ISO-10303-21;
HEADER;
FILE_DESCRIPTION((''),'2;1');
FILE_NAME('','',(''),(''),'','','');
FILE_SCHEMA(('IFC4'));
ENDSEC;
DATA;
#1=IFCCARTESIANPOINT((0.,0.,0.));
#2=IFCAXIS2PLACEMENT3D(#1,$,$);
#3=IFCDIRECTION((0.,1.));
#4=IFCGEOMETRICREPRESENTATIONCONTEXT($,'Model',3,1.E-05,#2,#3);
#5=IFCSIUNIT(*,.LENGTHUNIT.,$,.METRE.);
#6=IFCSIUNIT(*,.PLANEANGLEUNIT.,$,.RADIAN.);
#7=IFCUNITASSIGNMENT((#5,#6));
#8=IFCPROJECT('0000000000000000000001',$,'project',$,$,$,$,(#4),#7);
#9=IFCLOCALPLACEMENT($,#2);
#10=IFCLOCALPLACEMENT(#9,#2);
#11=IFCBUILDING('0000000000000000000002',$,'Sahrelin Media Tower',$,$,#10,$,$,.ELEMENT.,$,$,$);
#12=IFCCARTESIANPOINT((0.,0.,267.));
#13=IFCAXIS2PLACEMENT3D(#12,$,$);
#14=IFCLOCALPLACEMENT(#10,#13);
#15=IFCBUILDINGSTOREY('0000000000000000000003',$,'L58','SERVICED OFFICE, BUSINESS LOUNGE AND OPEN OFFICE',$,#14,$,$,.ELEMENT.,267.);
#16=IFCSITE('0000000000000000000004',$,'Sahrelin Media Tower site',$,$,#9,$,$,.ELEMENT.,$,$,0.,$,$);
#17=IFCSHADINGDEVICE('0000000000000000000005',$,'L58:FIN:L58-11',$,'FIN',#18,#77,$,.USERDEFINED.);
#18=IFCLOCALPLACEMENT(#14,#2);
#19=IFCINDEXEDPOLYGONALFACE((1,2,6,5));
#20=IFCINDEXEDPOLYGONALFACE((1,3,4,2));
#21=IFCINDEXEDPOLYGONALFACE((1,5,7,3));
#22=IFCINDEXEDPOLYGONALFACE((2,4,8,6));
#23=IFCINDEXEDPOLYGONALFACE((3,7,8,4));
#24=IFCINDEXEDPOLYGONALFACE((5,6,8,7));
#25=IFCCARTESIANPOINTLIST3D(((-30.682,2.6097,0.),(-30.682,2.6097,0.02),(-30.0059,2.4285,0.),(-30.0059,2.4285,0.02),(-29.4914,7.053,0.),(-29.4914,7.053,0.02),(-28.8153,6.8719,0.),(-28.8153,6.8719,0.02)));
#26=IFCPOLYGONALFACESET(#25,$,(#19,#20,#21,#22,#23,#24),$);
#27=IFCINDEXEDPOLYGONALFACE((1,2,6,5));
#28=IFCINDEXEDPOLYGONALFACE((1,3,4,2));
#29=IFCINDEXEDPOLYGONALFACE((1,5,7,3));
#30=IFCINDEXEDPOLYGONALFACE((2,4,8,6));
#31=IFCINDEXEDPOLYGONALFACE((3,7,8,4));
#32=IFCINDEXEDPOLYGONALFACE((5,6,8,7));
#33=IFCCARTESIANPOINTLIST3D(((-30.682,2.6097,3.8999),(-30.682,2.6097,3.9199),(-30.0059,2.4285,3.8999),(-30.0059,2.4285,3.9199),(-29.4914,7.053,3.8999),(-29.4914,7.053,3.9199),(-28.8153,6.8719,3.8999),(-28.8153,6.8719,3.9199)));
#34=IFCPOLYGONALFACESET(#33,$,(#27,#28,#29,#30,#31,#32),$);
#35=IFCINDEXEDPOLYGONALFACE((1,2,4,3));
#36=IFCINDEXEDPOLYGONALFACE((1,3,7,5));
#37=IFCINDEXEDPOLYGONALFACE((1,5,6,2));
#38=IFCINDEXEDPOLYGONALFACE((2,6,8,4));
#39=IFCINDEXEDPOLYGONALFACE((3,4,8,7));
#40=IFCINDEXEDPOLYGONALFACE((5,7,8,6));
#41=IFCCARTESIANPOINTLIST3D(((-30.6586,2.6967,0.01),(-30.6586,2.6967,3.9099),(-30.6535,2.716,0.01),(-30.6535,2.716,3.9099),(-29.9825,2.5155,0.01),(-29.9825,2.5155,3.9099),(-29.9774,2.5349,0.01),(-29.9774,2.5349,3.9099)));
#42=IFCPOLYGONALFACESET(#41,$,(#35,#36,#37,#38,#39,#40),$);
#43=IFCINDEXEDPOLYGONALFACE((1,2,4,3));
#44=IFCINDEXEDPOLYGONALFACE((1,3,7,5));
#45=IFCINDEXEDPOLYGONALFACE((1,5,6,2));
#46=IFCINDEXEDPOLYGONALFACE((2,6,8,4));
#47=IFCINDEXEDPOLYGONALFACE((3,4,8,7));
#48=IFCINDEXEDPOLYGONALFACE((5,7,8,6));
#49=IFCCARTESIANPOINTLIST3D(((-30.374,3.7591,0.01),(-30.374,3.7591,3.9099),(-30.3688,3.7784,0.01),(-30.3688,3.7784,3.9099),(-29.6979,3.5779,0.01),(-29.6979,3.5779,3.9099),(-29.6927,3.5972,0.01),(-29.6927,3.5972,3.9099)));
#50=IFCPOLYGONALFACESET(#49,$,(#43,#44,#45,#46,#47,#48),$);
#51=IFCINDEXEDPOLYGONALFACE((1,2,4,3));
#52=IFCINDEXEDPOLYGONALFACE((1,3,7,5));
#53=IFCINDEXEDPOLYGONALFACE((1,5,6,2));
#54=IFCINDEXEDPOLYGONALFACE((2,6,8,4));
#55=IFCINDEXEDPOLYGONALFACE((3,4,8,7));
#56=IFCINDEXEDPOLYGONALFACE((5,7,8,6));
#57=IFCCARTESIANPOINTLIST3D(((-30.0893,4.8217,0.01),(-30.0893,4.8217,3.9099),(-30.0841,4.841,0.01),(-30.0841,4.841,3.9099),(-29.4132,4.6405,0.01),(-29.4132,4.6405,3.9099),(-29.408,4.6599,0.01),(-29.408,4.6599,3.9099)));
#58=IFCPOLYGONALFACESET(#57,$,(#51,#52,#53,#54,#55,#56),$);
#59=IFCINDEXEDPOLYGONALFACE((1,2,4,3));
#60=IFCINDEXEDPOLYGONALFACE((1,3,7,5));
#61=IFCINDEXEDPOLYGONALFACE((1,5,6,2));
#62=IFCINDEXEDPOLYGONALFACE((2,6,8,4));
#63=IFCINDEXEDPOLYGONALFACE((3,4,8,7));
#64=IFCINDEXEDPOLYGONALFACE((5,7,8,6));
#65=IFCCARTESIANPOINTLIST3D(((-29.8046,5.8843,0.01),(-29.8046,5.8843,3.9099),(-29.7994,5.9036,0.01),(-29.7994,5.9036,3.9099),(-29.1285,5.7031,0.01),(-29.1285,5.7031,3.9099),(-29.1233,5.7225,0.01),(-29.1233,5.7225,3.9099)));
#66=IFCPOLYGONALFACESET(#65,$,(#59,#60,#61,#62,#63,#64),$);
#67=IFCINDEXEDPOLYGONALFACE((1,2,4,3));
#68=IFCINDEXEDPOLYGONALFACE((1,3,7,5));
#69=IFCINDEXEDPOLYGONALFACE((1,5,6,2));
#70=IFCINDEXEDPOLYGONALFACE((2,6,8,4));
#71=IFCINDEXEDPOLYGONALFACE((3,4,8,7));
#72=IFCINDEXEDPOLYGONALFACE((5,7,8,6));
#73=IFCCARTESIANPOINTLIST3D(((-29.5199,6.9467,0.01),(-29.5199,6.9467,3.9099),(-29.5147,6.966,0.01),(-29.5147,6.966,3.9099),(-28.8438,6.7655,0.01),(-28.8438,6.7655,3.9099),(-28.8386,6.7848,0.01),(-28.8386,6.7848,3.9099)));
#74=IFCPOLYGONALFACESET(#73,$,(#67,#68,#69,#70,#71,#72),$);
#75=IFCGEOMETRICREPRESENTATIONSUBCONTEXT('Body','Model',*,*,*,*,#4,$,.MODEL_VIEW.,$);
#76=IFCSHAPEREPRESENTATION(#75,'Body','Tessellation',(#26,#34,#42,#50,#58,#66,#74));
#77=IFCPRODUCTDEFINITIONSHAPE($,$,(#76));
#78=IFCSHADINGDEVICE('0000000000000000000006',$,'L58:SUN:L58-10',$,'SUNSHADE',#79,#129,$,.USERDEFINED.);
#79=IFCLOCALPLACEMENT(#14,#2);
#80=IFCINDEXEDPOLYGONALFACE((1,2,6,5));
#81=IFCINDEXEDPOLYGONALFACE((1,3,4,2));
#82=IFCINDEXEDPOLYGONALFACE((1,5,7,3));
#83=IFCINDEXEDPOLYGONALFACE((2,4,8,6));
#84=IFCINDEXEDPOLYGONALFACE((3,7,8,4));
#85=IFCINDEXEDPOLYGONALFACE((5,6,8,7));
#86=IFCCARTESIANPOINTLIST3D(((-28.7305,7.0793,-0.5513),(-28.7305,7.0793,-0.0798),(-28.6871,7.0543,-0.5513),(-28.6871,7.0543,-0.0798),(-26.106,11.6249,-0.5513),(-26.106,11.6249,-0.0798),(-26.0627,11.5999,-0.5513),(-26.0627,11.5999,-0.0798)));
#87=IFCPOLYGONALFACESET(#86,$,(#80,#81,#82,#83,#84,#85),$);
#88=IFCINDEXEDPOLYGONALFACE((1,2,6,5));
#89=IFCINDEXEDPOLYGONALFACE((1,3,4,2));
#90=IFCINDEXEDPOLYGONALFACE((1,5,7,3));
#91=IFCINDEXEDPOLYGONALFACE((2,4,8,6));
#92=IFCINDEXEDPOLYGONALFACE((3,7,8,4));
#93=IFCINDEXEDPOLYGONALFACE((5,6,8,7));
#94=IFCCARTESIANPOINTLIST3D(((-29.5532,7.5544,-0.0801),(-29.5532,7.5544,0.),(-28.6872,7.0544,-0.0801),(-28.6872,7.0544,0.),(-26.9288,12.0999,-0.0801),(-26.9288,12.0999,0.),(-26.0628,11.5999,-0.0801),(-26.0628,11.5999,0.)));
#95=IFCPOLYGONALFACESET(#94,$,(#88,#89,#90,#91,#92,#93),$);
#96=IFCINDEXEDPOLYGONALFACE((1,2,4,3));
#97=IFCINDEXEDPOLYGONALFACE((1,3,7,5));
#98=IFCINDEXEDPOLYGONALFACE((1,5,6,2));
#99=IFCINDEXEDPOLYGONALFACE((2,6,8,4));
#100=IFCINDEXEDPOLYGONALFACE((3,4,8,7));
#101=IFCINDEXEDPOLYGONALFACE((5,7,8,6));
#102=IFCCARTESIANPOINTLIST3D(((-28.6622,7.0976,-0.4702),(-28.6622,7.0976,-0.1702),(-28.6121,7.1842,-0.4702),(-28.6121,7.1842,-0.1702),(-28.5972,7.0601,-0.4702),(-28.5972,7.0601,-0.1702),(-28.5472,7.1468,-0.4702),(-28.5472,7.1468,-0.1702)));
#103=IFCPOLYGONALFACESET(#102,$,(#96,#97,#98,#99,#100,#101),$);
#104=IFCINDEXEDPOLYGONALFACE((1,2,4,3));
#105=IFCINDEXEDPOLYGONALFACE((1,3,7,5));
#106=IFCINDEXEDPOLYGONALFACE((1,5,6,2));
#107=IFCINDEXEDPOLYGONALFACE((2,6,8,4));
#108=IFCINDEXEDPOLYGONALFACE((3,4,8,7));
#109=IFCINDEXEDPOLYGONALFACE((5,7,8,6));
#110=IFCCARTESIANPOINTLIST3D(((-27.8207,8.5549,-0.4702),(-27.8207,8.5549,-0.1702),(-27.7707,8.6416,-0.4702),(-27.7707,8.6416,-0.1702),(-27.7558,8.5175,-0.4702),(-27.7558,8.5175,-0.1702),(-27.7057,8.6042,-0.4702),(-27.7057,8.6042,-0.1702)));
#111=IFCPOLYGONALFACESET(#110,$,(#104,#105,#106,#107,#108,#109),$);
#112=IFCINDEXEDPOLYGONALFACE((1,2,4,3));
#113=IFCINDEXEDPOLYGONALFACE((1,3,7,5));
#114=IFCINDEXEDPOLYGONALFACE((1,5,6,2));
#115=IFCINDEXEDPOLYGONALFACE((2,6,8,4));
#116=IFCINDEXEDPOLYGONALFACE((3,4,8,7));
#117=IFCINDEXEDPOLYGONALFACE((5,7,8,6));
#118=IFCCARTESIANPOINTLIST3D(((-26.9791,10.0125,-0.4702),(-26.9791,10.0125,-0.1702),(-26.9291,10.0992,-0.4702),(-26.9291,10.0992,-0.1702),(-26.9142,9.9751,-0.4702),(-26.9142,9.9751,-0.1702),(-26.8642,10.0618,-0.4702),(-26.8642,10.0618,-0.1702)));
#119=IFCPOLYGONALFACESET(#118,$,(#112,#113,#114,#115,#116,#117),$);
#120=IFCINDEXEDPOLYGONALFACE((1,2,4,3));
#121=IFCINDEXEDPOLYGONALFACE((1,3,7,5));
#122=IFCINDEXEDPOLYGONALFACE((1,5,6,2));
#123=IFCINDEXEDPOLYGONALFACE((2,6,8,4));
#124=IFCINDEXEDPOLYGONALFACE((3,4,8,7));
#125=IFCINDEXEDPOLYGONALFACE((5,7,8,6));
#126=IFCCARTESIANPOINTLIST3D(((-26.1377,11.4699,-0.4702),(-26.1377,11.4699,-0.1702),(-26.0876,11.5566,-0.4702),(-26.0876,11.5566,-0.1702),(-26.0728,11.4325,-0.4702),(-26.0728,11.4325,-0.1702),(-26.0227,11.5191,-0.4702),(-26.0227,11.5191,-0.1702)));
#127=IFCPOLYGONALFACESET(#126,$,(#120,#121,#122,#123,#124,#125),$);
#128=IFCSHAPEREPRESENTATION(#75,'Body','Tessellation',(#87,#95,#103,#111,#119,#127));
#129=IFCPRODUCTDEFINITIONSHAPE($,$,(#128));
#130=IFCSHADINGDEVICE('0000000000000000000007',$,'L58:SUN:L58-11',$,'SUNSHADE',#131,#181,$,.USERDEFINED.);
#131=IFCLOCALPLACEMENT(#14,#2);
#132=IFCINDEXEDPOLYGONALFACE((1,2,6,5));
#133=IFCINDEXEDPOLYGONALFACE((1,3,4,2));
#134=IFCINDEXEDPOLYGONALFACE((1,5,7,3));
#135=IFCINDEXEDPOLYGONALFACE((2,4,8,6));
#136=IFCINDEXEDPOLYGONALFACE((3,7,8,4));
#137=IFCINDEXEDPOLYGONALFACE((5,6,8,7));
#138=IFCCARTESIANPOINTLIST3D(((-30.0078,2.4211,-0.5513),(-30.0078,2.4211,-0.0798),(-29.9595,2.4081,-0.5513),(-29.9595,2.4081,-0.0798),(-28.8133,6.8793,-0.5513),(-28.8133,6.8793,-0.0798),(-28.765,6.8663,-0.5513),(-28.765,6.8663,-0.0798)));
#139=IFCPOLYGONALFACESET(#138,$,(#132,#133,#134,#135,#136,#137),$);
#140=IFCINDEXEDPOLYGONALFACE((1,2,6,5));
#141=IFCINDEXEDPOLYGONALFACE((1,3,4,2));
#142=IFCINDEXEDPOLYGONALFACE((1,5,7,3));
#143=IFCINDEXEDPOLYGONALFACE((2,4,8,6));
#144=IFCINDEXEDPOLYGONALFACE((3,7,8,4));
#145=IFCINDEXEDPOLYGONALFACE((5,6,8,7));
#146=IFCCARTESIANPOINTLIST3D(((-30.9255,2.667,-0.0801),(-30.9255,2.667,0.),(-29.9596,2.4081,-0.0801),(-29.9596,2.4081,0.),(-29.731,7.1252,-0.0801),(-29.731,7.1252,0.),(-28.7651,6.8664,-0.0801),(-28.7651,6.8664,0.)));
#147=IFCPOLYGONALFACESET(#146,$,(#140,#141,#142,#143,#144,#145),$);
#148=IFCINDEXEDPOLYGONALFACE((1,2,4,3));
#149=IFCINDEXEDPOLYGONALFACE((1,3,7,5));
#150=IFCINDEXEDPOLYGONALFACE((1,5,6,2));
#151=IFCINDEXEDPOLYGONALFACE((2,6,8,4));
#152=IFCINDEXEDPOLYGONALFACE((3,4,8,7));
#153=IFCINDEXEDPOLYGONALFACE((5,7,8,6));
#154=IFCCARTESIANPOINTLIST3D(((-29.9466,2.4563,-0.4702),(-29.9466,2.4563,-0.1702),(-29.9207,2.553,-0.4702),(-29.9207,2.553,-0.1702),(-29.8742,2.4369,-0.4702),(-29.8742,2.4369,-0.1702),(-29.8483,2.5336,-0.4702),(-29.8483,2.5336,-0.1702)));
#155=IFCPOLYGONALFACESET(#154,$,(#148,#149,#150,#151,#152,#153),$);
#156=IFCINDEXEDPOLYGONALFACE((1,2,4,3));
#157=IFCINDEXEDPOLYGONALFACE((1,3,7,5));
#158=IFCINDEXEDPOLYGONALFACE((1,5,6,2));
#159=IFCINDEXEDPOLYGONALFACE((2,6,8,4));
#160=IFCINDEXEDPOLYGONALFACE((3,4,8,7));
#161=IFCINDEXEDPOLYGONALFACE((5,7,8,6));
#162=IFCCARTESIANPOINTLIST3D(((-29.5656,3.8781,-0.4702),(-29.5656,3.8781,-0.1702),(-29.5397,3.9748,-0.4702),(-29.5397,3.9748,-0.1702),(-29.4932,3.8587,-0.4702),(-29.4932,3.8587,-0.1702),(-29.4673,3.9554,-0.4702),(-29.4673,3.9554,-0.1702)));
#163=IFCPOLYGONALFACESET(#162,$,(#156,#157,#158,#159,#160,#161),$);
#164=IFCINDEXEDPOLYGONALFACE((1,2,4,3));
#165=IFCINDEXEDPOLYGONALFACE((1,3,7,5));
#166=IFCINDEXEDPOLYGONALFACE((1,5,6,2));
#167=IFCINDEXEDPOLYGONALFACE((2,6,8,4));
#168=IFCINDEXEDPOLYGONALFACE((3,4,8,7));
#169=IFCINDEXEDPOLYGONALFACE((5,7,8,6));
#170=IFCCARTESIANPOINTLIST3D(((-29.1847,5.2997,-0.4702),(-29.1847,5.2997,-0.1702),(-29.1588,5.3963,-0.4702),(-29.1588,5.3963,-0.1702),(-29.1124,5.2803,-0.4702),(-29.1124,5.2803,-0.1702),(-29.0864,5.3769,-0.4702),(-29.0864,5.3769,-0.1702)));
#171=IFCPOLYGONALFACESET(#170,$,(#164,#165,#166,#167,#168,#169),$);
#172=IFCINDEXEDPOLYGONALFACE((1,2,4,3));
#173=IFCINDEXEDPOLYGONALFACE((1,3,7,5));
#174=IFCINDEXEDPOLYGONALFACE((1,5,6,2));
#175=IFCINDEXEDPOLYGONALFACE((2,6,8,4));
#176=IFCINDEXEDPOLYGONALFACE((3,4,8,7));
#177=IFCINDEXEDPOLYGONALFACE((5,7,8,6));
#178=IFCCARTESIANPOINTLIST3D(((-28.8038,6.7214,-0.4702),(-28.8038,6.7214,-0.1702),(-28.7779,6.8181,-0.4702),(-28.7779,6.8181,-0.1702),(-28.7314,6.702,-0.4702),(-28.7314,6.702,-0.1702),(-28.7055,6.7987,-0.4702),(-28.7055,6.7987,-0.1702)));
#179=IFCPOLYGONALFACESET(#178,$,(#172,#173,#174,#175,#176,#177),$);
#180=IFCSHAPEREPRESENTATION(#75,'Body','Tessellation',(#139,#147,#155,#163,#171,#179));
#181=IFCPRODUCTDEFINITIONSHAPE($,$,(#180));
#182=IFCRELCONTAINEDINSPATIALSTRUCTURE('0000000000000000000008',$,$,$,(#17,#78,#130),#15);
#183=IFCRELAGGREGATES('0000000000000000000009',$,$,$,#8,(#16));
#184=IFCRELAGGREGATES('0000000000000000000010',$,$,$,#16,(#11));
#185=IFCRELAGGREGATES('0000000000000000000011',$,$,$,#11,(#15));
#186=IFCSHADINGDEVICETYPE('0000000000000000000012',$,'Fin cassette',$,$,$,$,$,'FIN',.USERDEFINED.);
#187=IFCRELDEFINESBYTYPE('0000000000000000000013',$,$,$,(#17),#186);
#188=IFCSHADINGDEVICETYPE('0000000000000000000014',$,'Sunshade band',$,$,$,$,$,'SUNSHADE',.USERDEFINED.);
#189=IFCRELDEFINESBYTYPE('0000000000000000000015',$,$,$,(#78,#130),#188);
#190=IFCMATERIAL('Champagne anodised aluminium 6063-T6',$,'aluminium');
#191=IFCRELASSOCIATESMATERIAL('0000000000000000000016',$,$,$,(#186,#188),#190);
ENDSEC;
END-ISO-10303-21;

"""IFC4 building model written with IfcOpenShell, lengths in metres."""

from ifc_helpers import new_model, si_unit, direction, frame, origin, origin_2d, place, context, subcontext, project, spatial, rectangle, extrude, material, type_object, element, save


model = new_model("IFC4")

# Units and contexts
model_context = context("Model", 3, precision=1e-05, world=origin(), true_north=direction((0.0, 1.0)))
body_context = subcontext(model_context, "Body", "Model", "MODEL_VIEW")
ifc_project = project(units=[si_unit("LENGTHUNIT", "METRE"), si_unit("PLANEANGLEUNIT", "RADIAN")], contexts=[model_context])

# Site, building, storey
site_placement = place(None, origin())
site = spatial("IfcSite", under=ifc_project, at=site_placement, Name="Sahrelin Media Tower site", CompositionType="ELEMENT", RefElevation=0.0)
building_placement = place(site_placement, origin())
building = spatial("IfcBuilding", under=site, at=building_placement, Name="Sahrelin Media Tower", CompositionType="ELEMENT")
storey_placement = place(building_placement, frame((0.0, 0.0, 267.0)))
storey = spatial("IfcBuildingStorey", under=building, at=storey_placement, Name="L58", Description="SERVICED OFFICE, BUSINESS LOUNGE AND OPEN OFFICE", CompositionType="ELEMENT", Elevation=267.0)

# Shared definitions
ifc_material_1 = material(Name="Champagne anodised aluminium 6063-T6", Category="aluminium")

# Shading devices
shading_device_type_1 = type_object("IfcShadingDeviceType", Name="Fin cassette", ElementType="FIN", PredefinedType="USERDEFINED", material=ifc_material_1)
placement_1 = place(storey_placement, frame((-27.3577, 9.3171, 0.0), z_axis=(0.0, 0.0, 1.0), x_axis=(0.500011, 0.866019, 0.0)))
placement_2 = place(storey_placement, frame((-29.343, 4.6321, 0.0), z_axis=(0.0, 0.0, 1.0), x_axis=(0.258808, 0.965929, 0.0)))
element("IfcShadingDevice", 1, at=placement_2, inside=storey, type_object=shading_device_type_1, Name="L58:FIN:L58-11", ObjectType="FIN", PredefinedType="USERDEFINED", context=body_context, shape_type="SweptSolid", body=[
    extrude(rectangle(XDim=4.6001, YDim=0.7, at=origin_2d()), frame((0.0, 0.4199, 0.0)), (0.0, 0.0, 1.0), 0.02),
    extrude(rectangle(XDim=4.6001, YDim=0.7, at=origin_2d()), frame((0.0, 0.4199, 3.8999)), (0.0, 0.0, 1.0), 0.02),
    extrude(rectangle(XDim=0.02, YDim=0.7, at=origin_2d()), frame((-2.2, 0.4199, 0.01), z_axis=(0.0, 0.0, 1.0), x_axis=(1.0, 0.0, 0.0)), (0.0, 0.0, 1.0), 3.8999),
    extrude(rectangle(XDim=0.02, YDim=0.7, at=origin_2d()), frame((-1.1001, 0.4199, 0.01), z_axis=(0.0, 0.0, 1.0), x_axis=(1.0, 0.0, 0.0)), (0.0, 0.0, 1.0), 3.8999),
    extrude(rectangle(XDim=0.02, YDim=0.7, at=origin_2d()), frame((0.0, 0.4199, 0.01), z_axis=(0.0, 0.0, 1.0), x_axis=(1.0, 0.0, 0.0)), (0.0, 0.0, 1.0), 3.8999),
    extrude(rectangle(XDim=0.02, YDim=0.7, at=origin_2d()), frame((1.1001, 0.4199, 0.01), z_axis=(0.0, 0.0, 1.0), x_axis=(1.0, 0.0, 0.0)), (0.0, 0.0, 1.0), 3.8999),
    extrude(rectangle(XDim=0.02, YDim=0.7, at=origin_2d()), frame((2.2, 0.4199, 0.01), z_axis=(0.0, 0.0, 1.0), x_axis=(1.0, 0.0, 0.0)), (0.0, 0.0, 1.0), 3.8999),
])
shading_device_type_2 = type_object("IfcShadingDeviceType", Name="Sunshade band", ElementType="SUNSHADE", PredefinedType="USERDEFINED", material=ifc_material_1)
element("IfcShadingDevice", 2, at=placement_1, inside=storey, type_object=shading_device_type_2, Name="L58:SUN:L58-10", ObjectType="SUNSHADE", PredefinedType="USERDEFINED", context=body_context, shape_type="SweptSolid", body=[
    extrude(rectangle(XDim=5.2488, YDim=0.05, at=origin_2d()), frame((0.0, 0.0449, -0.5513)), (0.0, 0.0, 1.0), 0.4714),
    extrude(rectangle(XDim=5.2488, YDim=1.0, at=origin_2d()), frame((0.0, 0.52, -0.0801)), (0.0, 0.0, 1.0), 0.0801),
    extrude(rectangle(XDim=0.1001, YDim=0.075, at=origin_2d()), frame((-2.5244, -0.0176, -0.4702)), (0.0, 0.0, 1.0), 0.3),
    extrude(rectangle(XDim=0.1001, YDim=0.075, at=origin_2d()), frame((-0.8416, -0.0176, -0.4702)), (0.0, 0.0, 1.0), 0.3),
    extrude(rectangle(XDim=0.1001, YDim=0.075, at=origin_2d()), frame((0.8416, -0.0176, -0.4702)), (0.0, 0.0, 1.0), 0.3),
    extrude(rectangle(XDim=0.1001, YDim=0.075, at=origin_2d()), frame((2.5244, -0.0176, -0.4702)), (0.0, 0.0, 1.0), 0.3),
])
element("IfcShadingDevice", 3, at=placement_2, inside=storey, type_object=shading_device_type_2, Name="L58:SUN:L58-11", ObjectType="SUNSHADE", PredefinedType="USERDEFINED", context=body_context, shape_type="SweptSolid", body=[
    extrude(rectangle(XDim=4.6155, YDim=0.05, at=origin_2d()), frame((0.0, 0.0449, -0.5513)), (0.0, 0.0, 1.0), 0.4714),
    extrude(rectangle(XDim=4.6155, YDim=1.0, at=origin_2d()), frame((0.0, 0.52, -0.0801)), (0.0, 0.0, 1.0), 0.0801),
    extrude(rectangle(XDim=0.1001, YDim=0.075, at=origin_2d()), frame((-2.2078, -0.0176, -0.4702)), (0.0, 0.0, 1.0), 0.3),
    extrude(rectangle(XDim=0.1001, YDim=0.075, at=origin_2d()), frame((-0.7358, -0.0176, -0.4702)), (0.0, 0.0, 1.0), 0.3),
    extrude(rectangle(XDim=0.1001, YDim=0.075, at=origin_2d()), frame((0.7358, -0.0176, -0.4702)), (0.0, 0.0, 1.0), 0.3),
    extrude(rectangle(XDim=0.1001, YDim=0.075, at=origin_2d()), frame((2.2078, -0.0176, -0.4702)), (0.0, 0.0, 1.0), 0.3),
])

save(model, "model.ifc")
